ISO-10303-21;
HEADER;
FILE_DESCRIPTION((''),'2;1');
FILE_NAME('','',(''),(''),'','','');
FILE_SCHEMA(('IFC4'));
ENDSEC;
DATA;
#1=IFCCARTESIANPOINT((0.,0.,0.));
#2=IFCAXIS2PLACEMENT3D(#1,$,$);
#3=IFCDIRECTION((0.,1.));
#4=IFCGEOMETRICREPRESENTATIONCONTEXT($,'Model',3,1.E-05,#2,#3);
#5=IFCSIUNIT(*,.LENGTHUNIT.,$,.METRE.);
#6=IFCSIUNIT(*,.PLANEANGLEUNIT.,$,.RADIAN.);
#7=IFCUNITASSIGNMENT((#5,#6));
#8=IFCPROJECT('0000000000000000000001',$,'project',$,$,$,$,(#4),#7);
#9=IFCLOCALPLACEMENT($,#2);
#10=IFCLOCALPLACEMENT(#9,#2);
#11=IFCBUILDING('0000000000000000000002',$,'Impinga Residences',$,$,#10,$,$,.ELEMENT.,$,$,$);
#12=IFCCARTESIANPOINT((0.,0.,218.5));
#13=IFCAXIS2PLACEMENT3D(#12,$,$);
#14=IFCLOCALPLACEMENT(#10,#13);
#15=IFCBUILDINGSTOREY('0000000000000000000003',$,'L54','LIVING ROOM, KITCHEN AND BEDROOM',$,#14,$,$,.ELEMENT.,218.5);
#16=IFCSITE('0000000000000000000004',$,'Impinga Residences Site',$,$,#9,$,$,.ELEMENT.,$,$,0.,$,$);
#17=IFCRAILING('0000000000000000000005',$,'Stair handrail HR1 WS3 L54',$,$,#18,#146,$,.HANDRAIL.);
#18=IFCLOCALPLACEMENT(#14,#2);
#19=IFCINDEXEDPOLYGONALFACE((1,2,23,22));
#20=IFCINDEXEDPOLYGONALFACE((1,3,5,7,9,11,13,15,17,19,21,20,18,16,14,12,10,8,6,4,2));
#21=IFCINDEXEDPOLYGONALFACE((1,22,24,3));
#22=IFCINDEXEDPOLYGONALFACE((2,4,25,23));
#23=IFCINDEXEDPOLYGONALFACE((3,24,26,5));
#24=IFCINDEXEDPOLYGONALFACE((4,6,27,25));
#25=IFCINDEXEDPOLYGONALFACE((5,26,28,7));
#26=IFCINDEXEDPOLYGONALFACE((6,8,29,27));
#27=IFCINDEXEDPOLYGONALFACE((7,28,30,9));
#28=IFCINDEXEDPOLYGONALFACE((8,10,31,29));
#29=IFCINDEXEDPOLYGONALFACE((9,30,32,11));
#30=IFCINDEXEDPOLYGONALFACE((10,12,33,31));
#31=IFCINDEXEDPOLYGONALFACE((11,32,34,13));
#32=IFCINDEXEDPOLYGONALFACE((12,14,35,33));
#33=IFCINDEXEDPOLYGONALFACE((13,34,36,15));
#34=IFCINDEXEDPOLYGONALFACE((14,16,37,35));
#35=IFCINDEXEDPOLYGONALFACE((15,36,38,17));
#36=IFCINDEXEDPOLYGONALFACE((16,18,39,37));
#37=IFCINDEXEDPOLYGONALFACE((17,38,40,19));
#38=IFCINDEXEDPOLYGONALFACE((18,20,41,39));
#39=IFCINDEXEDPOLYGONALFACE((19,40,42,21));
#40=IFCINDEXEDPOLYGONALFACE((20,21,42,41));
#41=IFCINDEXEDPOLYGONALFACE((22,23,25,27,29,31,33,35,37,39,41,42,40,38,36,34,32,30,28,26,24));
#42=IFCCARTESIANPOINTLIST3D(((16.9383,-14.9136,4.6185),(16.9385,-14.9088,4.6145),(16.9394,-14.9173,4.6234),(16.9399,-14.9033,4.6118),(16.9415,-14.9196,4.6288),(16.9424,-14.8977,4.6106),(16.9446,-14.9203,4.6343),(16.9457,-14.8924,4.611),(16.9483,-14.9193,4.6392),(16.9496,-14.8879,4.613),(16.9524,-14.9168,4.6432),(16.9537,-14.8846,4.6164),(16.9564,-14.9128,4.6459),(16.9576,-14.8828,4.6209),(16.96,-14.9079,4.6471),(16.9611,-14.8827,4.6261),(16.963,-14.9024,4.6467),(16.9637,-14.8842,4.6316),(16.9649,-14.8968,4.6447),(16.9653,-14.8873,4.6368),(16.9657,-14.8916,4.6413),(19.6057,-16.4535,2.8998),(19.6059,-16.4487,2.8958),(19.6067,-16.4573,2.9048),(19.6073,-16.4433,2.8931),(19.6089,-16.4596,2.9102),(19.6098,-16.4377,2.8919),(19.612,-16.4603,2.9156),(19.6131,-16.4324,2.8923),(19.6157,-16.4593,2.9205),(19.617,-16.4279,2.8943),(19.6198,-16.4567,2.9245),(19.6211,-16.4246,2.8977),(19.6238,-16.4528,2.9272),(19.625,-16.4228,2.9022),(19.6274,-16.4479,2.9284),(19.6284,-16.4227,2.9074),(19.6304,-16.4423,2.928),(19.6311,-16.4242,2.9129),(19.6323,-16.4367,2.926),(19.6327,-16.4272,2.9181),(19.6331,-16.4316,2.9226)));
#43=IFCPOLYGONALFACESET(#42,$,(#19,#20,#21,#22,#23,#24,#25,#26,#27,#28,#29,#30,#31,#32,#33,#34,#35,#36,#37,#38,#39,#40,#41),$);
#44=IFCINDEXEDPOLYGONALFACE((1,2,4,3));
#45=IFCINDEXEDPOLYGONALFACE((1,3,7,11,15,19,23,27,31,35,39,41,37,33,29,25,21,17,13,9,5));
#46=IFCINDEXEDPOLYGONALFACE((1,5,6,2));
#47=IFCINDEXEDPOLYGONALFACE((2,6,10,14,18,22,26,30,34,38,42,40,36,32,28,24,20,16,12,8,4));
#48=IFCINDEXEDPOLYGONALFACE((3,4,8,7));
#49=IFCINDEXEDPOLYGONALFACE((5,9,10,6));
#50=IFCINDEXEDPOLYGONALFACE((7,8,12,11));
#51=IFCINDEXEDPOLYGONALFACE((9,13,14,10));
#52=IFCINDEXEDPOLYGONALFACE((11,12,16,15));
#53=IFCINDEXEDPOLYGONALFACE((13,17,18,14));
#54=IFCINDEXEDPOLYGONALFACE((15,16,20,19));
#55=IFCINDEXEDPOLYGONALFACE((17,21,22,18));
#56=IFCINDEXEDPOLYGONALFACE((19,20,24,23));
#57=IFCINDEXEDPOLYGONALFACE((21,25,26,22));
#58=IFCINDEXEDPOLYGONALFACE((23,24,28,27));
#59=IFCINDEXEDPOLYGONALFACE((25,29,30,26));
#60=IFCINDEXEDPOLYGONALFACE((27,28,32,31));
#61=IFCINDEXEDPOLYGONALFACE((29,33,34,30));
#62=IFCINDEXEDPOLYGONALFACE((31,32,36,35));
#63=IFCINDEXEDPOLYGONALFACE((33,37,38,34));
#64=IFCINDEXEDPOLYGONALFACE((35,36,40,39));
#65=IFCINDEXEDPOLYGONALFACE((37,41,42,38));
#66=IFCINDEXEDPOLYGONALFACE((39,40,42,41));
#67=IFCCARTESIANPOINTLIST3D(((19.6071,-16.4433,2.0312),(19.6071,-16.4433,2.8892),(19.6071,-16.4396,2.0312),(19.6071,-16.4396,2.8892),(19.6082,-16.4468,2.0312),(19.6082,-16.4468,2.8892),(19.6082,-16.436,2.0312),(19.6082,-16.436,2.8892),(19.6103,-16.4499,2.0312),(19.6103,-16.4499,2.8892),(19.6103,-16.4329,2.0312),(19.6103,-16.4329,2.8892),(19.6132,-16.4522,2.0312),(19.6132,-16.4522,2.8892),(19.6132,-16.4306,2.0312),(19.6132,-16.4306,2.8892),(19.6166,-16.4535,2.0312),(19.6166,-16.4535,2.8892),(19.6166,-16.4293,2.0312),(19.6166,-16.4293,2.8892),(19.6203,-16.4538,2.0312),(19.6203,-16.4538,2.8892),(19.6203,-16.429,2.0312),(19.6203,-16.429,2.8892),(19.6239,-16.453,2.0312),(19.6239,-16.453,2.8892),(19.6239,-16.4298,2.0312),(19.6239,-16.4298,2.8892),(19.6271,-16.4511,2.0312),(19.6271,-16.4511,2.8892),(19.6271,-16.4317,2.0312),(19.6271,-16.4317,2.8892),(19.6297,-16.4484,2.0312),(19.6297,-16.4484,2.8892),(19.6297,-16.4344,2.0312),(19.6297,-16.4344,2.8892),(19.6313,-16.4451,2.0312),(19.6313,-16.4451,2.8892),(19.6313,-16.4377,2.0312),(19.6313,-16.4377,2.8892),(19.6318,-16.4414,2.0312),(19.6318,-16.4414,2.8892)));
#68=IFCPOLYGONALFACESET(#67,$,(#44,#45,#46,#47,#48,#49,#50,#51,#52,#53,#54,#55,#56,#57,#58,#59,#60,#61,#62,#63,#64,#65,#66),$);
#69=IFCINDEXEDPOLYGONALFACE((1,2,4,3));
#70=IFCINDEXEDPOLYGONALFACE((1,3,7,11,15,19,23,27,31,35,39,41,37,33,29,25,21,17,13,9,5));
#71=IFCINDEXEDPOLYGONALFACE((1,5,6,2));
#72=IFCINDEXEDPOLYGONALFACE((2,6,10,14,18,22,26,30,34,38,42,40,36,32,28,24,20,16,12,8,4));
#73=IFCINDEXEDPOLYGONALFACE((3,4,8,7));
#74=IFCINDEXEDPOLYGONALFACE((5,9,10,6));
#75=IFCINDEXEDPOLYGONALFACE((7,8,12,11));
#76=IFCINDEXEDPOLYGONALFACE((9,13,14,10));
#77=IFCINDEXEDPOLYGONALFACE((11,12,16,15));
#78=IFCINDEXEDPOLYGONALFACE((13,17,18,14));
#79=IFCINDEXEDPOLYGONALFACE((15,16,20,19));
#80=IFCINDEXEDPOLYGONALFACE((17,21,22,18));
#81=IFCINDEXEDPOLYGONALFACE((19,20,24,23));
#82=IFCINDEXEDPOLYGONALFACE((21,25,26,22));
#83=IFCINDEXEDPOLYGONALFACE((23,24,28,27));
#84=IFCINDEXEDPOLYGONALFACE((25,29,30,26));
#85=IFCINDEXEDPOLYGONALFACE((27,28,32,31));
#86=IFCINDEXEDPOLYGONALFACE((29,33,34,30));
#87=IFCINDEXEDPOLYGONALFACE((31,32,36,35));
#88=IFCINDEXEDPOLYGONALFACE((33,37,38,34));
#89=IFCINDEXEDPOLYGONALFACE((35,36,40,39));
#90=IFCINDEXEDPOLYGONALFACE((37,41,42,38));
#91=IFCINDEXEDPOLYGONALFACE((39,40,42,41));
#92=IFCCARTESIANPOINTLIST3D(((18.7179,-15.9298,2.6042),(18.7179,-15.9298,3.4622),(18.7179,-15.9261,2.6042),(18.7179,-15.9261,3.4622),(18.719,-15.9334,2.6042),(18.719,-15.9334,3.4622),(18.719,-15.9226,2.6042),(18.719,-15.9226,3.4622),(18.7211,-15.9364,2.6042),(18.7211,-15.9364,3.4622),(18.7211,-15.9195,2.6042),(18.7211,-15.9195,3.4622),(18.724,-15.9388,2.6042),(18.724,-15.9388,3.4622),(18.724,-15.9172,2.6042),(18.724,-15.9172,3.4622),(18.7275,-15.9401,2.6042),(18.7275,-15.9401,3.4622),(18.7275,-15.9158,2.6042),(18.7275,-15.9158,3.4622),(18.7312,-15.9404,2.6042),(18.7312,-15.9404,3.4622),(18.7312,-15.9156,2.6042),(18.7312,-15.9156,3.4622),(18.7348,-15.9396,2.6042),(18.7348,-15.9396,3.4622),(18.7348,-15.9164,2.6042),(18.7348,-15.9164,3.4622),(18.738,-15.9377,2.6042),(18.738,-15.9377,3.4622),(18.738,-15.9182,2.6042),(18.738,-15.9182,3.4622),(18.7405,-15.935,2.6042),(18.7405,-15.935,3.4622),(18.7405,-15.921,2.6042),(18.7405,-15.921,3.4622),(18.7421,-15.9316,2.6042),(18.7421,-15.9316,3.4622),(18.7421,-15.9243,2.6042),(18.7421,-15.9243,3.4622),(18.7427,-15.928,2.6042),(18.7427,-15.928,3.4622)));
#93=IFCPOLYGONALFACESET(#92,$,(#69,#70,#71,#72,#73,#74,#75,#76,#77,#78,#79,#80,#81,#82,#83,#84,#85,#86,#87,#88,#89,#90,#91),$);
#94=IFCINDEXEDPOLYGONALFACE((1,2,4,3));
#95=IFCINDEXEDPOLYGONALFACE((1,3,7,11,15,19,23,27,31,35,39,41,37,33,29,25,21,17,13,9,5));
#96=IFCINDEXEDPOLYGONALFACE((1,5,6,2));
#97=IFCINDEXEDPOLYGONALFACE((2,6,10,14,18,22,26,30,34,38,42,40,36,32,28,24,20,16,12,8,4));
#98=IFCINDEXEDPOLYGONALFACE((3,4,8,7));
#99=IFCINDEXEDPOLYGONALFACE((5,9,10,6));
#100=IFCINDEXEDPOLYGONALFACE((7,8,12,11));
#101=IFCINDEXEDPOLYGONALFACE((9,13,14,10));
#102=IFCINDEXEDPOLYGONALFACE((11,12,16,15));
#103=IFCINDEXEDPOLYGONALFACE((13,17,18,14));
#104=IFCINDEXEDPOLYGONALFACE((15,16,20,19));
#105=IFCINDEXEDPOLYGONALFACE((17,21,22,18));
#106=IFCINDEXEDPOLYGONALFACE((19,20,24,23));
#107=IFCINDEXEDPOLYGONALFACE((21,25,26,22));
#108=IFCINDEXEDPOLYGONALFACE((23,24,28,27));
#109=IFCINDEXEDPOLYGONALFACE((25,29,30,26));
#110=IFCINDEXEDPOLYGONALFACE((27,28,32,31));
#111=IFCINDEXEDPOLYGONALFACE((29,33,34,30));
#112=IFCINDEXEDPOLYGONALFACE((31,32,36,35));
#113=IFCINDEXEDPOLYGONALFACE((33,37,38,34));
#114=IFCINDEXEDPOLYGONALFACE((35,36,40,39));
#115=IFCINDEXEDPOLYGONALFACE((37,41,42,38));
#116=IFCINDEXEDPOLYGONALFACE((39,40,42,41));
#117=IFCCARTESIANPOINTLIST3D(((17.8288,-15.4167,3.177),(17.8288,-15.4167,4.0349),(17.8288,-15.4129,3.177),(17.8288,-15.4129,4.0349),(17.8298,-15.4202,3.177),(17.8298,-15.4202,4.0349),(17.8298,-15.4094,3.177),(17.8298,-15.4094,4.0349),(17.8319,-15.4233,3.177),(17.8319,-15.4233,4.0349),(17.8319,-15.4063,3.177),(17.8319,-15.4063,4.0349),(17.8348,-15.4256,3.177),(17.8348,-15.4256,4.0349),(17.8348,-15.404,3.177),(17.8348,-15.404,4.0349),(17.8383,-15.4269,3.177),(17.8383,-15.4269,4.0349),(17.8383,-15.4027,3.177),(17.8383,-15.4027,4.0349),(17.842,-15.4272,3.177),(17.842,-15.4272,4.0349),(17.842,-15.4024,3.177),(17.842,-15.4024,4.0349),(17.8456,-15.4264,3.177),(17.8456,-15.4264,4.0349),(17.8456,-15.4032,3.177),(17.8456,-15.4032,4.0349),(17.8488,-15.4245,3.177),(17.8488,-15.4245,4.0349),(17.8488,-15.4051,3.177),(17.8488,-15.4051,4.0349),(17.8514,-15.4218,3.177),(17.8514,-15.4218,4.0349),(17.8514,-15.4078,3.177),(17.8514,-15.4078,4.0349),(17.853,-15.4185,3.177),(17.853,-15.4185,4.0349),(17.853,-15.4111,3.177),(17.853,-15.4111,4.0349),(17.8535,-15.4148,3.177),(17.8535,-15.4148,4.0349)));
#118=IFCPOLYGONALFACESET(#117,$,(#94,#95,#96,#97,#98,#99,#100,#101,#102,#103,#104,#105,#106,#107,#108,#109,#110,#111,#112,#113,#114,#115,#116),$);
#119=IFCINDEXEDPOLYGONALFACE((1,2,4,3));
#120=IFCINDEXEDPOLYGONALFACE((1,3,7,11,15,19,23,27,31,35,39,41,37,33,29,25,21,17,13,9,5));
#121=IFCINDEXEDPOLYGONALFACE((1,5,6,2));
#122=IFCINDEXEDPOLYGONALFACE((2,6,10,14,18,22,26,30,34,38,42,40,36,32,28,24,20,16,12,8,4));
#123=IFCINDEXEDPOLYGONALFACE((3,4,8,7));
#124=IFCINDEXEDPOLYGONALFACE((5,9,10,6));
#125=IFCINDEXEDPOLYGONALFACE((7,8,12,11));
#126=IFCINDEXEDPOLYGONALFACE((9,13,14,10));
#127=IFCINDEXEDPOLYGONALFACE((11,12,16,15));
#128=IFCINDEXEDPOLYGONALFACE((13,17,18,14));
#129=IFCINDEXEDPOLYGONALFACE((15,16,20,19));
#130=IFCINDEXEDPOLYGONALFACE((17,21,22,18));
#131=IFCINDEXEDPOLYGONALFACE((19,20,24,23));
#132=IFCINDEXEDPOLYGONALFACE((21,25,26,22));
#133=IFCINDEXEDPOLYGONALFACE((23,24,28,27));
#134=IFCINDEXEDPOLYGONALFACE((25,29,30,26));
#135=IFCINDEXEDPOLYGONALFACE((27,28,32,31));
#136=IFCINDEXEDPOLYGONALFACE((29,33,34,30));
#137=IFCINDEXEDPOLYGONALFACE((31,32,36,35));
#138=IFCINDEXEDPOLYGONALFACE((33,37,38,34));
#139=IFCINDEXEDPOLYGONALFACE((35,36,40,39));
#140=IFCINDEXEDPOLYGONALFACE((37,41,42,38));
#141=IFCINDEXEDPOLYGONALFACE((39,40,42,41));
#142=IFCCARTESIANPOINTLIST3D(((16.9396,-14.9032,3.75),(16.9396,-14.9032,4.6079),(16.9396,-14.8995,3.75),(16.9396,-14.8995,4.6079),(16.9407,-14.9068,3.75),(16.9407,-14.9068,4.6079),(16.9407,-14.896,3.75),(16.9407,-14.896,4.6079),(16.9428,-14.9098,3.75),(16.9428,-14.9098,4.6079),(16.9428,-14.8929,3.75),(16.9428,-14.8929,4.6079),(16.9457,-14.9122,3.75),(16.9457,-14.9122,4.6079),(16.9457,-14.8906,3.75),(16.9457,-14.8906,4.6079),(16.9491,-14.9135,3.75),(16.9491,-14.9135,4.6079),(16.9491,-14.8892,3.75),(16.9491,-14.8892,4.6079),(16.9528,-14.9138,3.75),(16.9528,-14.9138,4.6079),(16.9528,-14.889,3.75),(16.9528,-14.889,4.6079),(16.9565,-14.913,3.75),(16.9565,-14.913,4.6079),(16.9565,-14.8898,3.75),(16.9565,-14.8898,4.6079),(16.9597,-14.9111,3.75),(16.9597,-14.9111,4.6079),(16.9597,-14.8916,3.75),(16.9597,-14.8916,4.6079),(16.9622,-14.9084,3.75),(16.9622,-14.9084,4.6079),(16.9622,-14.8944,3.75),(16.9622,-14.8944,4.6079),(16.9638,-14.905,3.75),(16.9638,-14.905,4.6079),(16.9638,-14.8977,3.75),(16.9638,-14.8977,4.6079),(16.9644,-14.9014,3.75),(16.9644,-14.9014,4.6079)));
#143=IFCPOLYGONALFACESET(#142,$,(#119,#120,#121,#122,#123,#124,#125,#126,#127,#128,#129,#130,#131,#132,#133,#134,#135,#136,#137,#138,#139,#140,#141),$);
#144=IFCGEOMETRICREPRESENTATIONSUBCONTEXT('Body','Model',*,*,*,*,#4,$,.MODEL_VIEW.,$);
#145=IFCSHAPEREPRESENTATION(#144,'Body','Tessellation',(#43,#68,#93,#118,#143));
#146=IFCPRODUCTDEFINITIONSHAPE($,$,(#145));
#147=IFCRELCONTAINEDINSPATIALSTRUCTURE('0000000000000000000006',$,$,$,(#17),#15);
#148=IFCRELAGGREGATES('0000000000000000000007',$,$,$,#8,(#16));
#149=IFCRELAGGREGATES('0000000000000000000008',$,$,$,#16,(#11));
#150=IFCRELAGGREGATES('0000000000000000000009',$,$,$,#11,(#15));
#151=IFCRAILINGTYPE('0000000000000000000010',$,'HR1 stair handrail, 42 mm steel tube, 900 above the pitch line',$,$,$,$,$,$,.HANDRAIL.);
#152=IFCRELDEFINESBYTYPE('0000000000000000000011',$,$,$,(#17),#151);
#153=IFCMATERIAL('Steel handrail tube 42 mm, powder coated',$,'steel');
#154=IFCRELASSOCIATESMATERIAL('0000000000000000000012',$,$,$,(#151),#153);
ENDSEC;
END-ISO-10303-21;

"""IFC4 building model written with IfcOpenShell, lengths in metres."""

from ifc_helpers import new_model, si_unit, direction, frame, origin, origin_2d, place, context, subcontext, project, spatial, circle, extrude, material, type_object, element, save


model = new_model("IFC4")

# Units and contexts
model_context = context("Model", 3, precision=1e-05, world=origin(), true_north=direction((0.0, 1.0)))
body_context = subcontext(model_context, "Body", "Model", "MODEL_VIEW")
ifc_project = project(units=[si_unit("LENGTHUNIT", "METRE"), si_unit("PLANEANGLEUNIT", "RADIAN")], contexts=[model_context])

# Site, building, storey
site_placement = place(None, origin())
site = spatial("IfcSite", under=ifc_project, at=site_placement, Name="Impinga Residences Site", CompositionType="ELEMENT", RefElevation=0.0)
building_placement = place(site_placement, origin())
building = spatial("IfcBuilding", under=site, at=building_placement, Name="Impinga Residences", CompositionType="ELEMENT")
storey_placement = place(building_placement, frame((0.0, 0.0, 218.5)))
storey = spatial("IfcBuildingStorey", under=building, at=storey_placement, Name="L54", Description="LIVING ROOM, KITCHEN AND BEDROOM", CompositionType="ELEMENT", Elevation=218.5)

# Railing
ifc_material_1 = material(Name="Steel handrail tube 42 mm, powder coated", Category="steel")
railing_type = type_object("IfcRailingType", Name="HR1 stair handrail, 42 mm steel tube, 900 above the pitch line", PredefinedType="HANDRAIL", material=ifc_material_1)
railing_1_placement = place(storey_placement, frame((19.6194, -16.4414, 2.0312)))
element("IfcRailing", 1, at=railing_1_placement, inside=storey, type_object=railing_type, Name="Stair handrail HR1 WS3 L54", PredefinedType="HANDRAIL", context=body_context, shape_type="SweptSolid", body=[
    extrude(circle(Radius=0.021, at=origin_2d()), frame((0.0, 0.0, 0.8789), z_axis=(-0.756256, 0.436616, 0.487282), x_axis=(-0.499992, -0.86603, 0.0)), (0.0, 0.0, 1.0), 3.5271),
    extrude(circle(Radius=0.0125, at=origin_2d()), origin(), (0.0, 0.0, 1.0), 0.8579),
    extrude(circle(Radius=0.0125, at=origin_2d()), frame((-0.8892, 0.5134, 0.573)), (0.0, 0.0, 1.0), 0.8579),
    extrude(circle(Radius=0.0125, at=origin_2d()), frame((-1.7783, 1.0266, 1.1458)), (0.0, 0.0, 1.0), 0.8579),
    extrude(circle(Radius=0.0125, at=origin_2d()), frame((-2.6675, 1.54, 1.7188)), (0.0, 0.0, 1.0), 0.8579),
])

save(model, "model.ifc")
